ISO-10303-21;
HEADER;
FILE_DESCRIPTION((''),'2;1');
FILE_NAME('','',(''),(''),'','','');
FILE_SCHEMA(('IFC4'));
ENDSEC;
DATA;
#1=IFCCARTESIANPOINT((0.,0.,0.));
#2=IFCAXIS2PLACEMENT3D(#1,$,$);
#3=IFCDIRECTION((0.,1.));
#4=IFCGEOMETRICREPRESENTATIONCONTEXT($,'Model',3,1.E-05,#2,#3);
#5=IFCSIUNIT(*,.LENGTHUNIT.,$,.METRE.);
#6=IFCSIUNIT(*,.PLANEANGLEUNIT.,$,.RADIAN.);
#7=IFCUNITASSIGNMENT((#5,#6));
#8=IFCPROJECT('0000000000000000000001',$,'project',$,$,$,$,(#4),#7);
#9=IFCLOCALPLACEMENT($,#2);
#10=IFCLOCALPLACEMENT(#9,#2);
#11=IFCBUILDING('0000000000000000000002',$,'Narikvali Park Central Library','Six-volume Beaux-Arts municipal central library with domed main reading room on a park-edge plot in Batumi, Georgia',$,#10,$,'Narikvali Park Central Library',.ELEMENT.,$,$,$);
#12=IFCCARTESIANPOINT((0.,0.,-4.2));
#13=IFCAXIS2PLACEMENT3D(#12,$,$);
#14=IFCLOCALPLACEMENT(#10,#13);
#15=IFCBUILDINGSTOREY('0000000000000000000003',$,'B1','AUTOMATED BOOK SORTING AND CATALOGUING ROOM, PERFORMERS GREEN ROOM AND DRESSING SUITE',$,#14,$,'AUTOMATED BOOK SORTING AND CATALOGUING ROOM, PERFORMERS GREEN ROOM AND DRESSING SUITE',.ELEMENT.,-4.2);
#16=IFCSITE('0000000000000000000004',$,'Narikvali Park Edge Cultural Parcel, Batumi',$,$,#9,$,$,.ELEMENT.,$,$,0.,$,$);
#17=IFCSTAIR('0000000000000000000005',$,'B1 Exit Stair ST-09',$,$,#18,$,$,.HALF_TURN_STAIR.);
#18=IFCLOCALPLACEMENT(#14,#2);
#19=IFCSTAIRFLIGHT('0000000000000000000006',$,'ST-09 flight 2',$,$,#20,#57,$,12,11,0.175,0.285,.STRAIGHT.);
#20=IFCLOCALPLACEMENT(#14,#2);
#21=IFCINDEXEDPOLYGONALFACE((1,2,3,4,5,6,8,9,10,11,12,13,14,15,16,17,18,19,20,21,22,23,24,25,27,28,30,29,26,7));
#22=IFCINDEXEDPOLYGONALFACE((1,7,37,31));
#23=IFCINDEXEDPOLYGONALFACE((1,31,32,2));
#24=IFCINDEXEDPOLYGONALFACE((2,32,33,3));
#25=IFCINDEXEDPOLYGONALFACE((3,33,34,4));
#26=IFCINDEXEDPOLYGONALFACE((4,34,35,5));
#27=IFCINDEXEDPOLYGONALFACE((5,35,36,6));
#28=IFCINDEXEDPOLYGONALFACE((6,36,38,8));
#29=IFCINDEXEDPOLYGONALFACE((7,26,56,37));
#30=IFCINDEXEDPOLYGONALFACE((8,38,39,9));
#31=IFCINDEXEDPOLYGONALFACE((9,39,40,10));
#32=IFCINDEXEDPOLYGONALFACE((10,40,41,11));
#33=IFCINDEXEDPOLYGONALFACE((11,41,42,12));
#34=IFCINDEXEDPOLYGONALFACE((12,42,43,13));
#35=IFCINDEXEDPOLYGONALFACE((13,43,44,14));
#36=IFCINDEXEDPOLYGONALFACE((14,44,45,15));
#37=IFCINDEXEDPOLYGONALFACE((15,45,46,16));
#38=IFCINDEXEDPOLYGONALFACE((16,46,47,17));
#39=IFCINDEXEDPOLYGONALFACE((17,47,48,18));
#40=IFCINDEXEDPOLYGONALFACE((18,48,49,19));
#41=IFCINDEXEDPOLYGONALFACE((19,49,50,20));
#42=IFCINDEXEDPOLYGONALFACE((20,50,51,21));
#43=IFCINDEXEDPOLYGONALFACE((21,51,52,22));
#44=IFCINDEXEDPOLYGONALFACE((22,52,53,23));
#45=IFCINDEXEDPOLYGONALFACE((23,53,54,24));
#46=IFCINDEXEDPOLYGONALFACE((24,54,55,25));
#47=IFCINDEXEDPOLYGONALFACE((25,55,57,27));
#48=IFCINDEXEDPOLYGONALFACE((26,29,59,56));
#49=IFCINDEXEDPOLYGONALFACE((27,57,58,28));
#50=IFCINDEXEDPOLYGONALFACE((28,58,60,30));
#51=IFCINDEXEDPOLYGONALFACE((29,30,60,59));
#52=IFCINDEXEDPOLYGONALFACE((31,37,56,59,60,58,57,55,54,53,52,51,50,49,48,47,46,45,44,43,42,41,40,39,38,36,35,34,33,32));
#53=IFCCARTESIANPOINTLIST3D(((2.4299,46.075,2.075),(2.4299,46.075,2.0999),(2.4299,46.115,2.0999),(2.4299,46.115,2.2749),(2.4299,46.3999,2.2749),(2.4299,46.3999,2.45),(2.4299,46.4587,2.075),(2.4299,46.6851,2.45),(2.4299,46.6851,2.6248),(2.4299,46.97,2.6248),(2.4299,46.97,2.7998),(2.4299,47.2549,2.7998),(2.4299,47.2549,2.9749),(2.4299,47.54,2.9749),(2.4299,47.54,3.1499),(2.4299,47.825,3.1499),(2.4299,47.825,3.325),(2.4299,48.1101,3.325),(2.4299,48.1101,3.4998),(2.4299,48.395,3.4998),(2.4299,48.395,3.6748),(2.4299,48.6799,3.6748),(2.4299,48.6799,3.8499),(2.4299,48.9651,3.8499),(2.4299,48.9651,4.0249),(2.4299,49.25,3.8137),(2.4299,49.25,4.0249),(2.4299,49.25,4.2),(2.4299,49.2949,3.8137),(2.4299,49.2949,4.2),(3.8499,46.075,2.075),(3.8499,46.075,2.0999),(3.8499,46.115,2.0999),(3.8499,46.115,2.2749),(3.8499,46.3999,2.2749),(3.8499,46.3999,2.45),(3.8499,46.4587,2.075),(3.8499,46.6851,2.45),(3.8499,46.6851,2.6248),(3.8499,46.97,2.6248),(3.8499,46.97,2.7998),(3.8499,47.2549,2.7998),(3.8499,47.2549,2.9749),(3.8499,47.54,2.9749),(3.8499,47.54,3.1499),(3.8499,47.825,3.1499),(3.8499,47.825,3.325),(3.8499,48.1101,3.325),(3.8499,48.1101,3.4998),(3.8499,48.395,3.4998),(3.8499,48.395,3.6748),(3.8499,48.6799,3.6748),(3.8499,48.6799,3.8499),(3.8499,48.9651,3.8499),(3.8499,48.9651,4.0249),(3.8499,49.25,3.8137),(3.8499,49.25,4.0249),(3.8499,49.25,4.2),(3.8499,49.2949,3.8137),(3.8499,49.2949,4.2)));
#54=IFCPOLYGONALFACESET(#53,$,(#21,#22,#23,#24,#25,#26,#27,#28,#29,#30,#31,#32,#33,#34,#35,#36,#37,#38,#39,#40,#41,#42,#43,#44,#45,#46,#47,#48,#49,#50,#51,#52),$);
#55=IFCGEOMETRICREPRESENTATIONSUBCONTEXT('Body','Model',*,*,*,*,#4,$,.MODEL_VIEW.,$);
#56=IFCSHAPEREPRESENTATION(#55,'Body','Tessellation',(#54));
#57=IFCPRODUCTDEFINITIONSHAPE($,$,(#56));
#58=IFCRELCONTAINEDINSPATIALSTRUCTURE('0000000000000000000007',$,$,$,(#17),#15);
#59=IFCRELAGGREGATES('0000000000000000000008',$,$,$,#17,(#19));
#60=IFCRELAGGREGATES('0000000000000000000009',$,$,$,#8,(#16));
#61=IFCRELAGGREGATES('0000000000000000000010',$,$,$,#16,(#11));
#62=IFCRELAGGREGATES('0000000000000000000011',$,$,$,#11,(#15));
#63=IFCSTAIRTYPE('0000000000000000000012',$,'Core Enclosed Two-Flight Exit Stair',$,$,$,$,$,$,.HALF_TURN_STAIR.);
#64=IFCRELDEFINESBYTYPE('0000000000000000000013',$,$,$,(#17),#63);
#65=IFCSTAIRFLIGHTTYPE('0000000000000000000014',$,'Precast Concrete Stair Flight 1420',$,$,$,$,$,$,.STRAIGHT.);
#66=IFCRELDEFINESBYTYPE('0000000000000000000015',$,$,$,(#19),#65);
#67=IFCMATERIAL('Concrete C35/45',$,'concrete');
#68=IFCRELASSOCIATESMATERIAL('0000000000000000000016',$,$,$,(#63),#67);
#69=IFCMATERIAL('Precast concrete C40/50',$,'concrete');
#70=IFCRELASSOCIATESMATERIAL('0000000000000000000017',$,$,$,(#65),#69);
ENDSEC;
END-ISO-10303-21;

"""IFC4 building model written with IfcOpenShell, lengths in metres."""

from ifc_helpers import new_model, si_unit, direction, frame, origin, place, context, subcontext, project, spatial, polyline, outline, extrude, material, type_object, element, aggregate, save


model = new_model("IFC4")

# Units and contexts
model_context = context("Model", 3, precision=1e-05, world=origin(), true_north=direction((0.0, 1.0)))
body_context = subcontext(model_context, "Body", "Model", "MODEL_VIEW")
ifc_project = project(units=[si_unit("LENGTHUNIT", "METRE"), si_unit("PLANEANGLEUNIT", "RADIAN")], contexts=[model_context])

# Site, building, storey
site_placement = place(None, origin())
site = spatial("IfcSite", under=ifc_project, at=site_placement, Name="Narikvali Park Edge Cultural Parcel, Batumi", CompositionType="ELEMENT", RefElevation=0.0)
building_placement = place(site_placement, origin())
building = spatial("IfcBuilding", under=site, at=building_placement, Name="Narikvali Park Central Library", Description="Six-volume Beaux-Arts municipal central library with domed main reading room on a park-edge plot in Batumi, Georgia", LongName="Narikvali Park Central Library", CompositionType="ELEMENT")
storey_placement = place(building_placement, frame((0.0, 0.0, -4.2)))
storey = spatial("IfcBuildingStorey", under=building, at=storey_placement, Name="B1", Description="AUTOMATED BOOK SORTING AND CATALOGUING ROOM, PERFORMERS GREEN ROOM AND DRESSING SUITE", LongName="AUTOMATED BOOK SORTING AND CATALOGUING ROOM, PERFORMERS GREEN ROOM AND DRESSING SUITE", CompositionType="ELEMENT", Elevation=-4.2)

# Shared definitions
ifc_material_1 = material(Name="Concrete C35/45", Category="concrete")

# Stair, stair flight
stair_type = type_object("IfcStairType", Name="Core Enclosed Two-Flight Exit Stair", PredefinedType="HALF_TURN_STAIR", material=ifc_material_1)
stair_placement = place(storey_placement, origin())
stair = element("IfcStair", 1, at=stair_placement, inside=storey, type_object=stair_type, Name="B1 Exit Stair ST-09", PredefinedType="HALF_TURN_STAIR")
ifc_material_2 = material(Name="Precast concrete C40/50", Category="concrete")
stair_flight_type = type_object("IfcStairFlightType", Name="Precast Concrete Stair Flight 1420", PredefinedType="STRAIGHT", material=ifc_material_2)
stair_flight_1_placement = place(storey_placement, frame((3.1399, 46.115, 2.0999), z_axis=(0.0, 0.0, 1.0), x_axis=(0.0, 1.0, 0.0)))
stair_flight_1 = element("IfcStairFlight", 2, at=stair_flight_1_placement, type_object=stair_flight_type, Name="ST-09 flight 2", NumberOfRisers=12, NumberOfTreads=11, PredefinedType="STRAIGHT", RiserHeight=0.175, TreadLength=0.285, context=body_context, shape_type="SweptSolid", body=[
    extrude(outline(polyline([(-0.04, -0.0249), (-0.04, 0.0), (0.0, 0.0), (0.0, 0.175), (0.2849, 0.175), (0.2849, 0.3501), (0.5701, 0.3501), (0.5701, 0.5249), (0.855, 0.5249), (0.855, 0.7), (1.1399, 0.7), (1.1399, 0.875), (1.425, 0.875), (1.425, 1.05), (1.71, 1.05), (1.71, 1.2251), (1.9951, 1.2251), (1.9951, 1.3999), (2.28, 1.3999), (2.28, 1.575), (2.5649, 1.575), (2.5649, 1.75), (2.8501, 1.75), (2.8501, 1.925), (3.135, 1.925), (3.135, 2.1001), (3.1799, 2.1001), (3.1799, 1.7139), (3.135, 1.7139), (0.3438, -0.0249), (-0.04, -0.0249)])), frame((0.0, 0.71, 0.0), z_axis=(0.0, -1.0, 0.0), x_axis=(1.0, 0.0, 0.0)), (0.0, 0.0, 1.0), 1.4199),
])
aggregate(stair, [stair_flight_1])

save(model, "model.ifc")
